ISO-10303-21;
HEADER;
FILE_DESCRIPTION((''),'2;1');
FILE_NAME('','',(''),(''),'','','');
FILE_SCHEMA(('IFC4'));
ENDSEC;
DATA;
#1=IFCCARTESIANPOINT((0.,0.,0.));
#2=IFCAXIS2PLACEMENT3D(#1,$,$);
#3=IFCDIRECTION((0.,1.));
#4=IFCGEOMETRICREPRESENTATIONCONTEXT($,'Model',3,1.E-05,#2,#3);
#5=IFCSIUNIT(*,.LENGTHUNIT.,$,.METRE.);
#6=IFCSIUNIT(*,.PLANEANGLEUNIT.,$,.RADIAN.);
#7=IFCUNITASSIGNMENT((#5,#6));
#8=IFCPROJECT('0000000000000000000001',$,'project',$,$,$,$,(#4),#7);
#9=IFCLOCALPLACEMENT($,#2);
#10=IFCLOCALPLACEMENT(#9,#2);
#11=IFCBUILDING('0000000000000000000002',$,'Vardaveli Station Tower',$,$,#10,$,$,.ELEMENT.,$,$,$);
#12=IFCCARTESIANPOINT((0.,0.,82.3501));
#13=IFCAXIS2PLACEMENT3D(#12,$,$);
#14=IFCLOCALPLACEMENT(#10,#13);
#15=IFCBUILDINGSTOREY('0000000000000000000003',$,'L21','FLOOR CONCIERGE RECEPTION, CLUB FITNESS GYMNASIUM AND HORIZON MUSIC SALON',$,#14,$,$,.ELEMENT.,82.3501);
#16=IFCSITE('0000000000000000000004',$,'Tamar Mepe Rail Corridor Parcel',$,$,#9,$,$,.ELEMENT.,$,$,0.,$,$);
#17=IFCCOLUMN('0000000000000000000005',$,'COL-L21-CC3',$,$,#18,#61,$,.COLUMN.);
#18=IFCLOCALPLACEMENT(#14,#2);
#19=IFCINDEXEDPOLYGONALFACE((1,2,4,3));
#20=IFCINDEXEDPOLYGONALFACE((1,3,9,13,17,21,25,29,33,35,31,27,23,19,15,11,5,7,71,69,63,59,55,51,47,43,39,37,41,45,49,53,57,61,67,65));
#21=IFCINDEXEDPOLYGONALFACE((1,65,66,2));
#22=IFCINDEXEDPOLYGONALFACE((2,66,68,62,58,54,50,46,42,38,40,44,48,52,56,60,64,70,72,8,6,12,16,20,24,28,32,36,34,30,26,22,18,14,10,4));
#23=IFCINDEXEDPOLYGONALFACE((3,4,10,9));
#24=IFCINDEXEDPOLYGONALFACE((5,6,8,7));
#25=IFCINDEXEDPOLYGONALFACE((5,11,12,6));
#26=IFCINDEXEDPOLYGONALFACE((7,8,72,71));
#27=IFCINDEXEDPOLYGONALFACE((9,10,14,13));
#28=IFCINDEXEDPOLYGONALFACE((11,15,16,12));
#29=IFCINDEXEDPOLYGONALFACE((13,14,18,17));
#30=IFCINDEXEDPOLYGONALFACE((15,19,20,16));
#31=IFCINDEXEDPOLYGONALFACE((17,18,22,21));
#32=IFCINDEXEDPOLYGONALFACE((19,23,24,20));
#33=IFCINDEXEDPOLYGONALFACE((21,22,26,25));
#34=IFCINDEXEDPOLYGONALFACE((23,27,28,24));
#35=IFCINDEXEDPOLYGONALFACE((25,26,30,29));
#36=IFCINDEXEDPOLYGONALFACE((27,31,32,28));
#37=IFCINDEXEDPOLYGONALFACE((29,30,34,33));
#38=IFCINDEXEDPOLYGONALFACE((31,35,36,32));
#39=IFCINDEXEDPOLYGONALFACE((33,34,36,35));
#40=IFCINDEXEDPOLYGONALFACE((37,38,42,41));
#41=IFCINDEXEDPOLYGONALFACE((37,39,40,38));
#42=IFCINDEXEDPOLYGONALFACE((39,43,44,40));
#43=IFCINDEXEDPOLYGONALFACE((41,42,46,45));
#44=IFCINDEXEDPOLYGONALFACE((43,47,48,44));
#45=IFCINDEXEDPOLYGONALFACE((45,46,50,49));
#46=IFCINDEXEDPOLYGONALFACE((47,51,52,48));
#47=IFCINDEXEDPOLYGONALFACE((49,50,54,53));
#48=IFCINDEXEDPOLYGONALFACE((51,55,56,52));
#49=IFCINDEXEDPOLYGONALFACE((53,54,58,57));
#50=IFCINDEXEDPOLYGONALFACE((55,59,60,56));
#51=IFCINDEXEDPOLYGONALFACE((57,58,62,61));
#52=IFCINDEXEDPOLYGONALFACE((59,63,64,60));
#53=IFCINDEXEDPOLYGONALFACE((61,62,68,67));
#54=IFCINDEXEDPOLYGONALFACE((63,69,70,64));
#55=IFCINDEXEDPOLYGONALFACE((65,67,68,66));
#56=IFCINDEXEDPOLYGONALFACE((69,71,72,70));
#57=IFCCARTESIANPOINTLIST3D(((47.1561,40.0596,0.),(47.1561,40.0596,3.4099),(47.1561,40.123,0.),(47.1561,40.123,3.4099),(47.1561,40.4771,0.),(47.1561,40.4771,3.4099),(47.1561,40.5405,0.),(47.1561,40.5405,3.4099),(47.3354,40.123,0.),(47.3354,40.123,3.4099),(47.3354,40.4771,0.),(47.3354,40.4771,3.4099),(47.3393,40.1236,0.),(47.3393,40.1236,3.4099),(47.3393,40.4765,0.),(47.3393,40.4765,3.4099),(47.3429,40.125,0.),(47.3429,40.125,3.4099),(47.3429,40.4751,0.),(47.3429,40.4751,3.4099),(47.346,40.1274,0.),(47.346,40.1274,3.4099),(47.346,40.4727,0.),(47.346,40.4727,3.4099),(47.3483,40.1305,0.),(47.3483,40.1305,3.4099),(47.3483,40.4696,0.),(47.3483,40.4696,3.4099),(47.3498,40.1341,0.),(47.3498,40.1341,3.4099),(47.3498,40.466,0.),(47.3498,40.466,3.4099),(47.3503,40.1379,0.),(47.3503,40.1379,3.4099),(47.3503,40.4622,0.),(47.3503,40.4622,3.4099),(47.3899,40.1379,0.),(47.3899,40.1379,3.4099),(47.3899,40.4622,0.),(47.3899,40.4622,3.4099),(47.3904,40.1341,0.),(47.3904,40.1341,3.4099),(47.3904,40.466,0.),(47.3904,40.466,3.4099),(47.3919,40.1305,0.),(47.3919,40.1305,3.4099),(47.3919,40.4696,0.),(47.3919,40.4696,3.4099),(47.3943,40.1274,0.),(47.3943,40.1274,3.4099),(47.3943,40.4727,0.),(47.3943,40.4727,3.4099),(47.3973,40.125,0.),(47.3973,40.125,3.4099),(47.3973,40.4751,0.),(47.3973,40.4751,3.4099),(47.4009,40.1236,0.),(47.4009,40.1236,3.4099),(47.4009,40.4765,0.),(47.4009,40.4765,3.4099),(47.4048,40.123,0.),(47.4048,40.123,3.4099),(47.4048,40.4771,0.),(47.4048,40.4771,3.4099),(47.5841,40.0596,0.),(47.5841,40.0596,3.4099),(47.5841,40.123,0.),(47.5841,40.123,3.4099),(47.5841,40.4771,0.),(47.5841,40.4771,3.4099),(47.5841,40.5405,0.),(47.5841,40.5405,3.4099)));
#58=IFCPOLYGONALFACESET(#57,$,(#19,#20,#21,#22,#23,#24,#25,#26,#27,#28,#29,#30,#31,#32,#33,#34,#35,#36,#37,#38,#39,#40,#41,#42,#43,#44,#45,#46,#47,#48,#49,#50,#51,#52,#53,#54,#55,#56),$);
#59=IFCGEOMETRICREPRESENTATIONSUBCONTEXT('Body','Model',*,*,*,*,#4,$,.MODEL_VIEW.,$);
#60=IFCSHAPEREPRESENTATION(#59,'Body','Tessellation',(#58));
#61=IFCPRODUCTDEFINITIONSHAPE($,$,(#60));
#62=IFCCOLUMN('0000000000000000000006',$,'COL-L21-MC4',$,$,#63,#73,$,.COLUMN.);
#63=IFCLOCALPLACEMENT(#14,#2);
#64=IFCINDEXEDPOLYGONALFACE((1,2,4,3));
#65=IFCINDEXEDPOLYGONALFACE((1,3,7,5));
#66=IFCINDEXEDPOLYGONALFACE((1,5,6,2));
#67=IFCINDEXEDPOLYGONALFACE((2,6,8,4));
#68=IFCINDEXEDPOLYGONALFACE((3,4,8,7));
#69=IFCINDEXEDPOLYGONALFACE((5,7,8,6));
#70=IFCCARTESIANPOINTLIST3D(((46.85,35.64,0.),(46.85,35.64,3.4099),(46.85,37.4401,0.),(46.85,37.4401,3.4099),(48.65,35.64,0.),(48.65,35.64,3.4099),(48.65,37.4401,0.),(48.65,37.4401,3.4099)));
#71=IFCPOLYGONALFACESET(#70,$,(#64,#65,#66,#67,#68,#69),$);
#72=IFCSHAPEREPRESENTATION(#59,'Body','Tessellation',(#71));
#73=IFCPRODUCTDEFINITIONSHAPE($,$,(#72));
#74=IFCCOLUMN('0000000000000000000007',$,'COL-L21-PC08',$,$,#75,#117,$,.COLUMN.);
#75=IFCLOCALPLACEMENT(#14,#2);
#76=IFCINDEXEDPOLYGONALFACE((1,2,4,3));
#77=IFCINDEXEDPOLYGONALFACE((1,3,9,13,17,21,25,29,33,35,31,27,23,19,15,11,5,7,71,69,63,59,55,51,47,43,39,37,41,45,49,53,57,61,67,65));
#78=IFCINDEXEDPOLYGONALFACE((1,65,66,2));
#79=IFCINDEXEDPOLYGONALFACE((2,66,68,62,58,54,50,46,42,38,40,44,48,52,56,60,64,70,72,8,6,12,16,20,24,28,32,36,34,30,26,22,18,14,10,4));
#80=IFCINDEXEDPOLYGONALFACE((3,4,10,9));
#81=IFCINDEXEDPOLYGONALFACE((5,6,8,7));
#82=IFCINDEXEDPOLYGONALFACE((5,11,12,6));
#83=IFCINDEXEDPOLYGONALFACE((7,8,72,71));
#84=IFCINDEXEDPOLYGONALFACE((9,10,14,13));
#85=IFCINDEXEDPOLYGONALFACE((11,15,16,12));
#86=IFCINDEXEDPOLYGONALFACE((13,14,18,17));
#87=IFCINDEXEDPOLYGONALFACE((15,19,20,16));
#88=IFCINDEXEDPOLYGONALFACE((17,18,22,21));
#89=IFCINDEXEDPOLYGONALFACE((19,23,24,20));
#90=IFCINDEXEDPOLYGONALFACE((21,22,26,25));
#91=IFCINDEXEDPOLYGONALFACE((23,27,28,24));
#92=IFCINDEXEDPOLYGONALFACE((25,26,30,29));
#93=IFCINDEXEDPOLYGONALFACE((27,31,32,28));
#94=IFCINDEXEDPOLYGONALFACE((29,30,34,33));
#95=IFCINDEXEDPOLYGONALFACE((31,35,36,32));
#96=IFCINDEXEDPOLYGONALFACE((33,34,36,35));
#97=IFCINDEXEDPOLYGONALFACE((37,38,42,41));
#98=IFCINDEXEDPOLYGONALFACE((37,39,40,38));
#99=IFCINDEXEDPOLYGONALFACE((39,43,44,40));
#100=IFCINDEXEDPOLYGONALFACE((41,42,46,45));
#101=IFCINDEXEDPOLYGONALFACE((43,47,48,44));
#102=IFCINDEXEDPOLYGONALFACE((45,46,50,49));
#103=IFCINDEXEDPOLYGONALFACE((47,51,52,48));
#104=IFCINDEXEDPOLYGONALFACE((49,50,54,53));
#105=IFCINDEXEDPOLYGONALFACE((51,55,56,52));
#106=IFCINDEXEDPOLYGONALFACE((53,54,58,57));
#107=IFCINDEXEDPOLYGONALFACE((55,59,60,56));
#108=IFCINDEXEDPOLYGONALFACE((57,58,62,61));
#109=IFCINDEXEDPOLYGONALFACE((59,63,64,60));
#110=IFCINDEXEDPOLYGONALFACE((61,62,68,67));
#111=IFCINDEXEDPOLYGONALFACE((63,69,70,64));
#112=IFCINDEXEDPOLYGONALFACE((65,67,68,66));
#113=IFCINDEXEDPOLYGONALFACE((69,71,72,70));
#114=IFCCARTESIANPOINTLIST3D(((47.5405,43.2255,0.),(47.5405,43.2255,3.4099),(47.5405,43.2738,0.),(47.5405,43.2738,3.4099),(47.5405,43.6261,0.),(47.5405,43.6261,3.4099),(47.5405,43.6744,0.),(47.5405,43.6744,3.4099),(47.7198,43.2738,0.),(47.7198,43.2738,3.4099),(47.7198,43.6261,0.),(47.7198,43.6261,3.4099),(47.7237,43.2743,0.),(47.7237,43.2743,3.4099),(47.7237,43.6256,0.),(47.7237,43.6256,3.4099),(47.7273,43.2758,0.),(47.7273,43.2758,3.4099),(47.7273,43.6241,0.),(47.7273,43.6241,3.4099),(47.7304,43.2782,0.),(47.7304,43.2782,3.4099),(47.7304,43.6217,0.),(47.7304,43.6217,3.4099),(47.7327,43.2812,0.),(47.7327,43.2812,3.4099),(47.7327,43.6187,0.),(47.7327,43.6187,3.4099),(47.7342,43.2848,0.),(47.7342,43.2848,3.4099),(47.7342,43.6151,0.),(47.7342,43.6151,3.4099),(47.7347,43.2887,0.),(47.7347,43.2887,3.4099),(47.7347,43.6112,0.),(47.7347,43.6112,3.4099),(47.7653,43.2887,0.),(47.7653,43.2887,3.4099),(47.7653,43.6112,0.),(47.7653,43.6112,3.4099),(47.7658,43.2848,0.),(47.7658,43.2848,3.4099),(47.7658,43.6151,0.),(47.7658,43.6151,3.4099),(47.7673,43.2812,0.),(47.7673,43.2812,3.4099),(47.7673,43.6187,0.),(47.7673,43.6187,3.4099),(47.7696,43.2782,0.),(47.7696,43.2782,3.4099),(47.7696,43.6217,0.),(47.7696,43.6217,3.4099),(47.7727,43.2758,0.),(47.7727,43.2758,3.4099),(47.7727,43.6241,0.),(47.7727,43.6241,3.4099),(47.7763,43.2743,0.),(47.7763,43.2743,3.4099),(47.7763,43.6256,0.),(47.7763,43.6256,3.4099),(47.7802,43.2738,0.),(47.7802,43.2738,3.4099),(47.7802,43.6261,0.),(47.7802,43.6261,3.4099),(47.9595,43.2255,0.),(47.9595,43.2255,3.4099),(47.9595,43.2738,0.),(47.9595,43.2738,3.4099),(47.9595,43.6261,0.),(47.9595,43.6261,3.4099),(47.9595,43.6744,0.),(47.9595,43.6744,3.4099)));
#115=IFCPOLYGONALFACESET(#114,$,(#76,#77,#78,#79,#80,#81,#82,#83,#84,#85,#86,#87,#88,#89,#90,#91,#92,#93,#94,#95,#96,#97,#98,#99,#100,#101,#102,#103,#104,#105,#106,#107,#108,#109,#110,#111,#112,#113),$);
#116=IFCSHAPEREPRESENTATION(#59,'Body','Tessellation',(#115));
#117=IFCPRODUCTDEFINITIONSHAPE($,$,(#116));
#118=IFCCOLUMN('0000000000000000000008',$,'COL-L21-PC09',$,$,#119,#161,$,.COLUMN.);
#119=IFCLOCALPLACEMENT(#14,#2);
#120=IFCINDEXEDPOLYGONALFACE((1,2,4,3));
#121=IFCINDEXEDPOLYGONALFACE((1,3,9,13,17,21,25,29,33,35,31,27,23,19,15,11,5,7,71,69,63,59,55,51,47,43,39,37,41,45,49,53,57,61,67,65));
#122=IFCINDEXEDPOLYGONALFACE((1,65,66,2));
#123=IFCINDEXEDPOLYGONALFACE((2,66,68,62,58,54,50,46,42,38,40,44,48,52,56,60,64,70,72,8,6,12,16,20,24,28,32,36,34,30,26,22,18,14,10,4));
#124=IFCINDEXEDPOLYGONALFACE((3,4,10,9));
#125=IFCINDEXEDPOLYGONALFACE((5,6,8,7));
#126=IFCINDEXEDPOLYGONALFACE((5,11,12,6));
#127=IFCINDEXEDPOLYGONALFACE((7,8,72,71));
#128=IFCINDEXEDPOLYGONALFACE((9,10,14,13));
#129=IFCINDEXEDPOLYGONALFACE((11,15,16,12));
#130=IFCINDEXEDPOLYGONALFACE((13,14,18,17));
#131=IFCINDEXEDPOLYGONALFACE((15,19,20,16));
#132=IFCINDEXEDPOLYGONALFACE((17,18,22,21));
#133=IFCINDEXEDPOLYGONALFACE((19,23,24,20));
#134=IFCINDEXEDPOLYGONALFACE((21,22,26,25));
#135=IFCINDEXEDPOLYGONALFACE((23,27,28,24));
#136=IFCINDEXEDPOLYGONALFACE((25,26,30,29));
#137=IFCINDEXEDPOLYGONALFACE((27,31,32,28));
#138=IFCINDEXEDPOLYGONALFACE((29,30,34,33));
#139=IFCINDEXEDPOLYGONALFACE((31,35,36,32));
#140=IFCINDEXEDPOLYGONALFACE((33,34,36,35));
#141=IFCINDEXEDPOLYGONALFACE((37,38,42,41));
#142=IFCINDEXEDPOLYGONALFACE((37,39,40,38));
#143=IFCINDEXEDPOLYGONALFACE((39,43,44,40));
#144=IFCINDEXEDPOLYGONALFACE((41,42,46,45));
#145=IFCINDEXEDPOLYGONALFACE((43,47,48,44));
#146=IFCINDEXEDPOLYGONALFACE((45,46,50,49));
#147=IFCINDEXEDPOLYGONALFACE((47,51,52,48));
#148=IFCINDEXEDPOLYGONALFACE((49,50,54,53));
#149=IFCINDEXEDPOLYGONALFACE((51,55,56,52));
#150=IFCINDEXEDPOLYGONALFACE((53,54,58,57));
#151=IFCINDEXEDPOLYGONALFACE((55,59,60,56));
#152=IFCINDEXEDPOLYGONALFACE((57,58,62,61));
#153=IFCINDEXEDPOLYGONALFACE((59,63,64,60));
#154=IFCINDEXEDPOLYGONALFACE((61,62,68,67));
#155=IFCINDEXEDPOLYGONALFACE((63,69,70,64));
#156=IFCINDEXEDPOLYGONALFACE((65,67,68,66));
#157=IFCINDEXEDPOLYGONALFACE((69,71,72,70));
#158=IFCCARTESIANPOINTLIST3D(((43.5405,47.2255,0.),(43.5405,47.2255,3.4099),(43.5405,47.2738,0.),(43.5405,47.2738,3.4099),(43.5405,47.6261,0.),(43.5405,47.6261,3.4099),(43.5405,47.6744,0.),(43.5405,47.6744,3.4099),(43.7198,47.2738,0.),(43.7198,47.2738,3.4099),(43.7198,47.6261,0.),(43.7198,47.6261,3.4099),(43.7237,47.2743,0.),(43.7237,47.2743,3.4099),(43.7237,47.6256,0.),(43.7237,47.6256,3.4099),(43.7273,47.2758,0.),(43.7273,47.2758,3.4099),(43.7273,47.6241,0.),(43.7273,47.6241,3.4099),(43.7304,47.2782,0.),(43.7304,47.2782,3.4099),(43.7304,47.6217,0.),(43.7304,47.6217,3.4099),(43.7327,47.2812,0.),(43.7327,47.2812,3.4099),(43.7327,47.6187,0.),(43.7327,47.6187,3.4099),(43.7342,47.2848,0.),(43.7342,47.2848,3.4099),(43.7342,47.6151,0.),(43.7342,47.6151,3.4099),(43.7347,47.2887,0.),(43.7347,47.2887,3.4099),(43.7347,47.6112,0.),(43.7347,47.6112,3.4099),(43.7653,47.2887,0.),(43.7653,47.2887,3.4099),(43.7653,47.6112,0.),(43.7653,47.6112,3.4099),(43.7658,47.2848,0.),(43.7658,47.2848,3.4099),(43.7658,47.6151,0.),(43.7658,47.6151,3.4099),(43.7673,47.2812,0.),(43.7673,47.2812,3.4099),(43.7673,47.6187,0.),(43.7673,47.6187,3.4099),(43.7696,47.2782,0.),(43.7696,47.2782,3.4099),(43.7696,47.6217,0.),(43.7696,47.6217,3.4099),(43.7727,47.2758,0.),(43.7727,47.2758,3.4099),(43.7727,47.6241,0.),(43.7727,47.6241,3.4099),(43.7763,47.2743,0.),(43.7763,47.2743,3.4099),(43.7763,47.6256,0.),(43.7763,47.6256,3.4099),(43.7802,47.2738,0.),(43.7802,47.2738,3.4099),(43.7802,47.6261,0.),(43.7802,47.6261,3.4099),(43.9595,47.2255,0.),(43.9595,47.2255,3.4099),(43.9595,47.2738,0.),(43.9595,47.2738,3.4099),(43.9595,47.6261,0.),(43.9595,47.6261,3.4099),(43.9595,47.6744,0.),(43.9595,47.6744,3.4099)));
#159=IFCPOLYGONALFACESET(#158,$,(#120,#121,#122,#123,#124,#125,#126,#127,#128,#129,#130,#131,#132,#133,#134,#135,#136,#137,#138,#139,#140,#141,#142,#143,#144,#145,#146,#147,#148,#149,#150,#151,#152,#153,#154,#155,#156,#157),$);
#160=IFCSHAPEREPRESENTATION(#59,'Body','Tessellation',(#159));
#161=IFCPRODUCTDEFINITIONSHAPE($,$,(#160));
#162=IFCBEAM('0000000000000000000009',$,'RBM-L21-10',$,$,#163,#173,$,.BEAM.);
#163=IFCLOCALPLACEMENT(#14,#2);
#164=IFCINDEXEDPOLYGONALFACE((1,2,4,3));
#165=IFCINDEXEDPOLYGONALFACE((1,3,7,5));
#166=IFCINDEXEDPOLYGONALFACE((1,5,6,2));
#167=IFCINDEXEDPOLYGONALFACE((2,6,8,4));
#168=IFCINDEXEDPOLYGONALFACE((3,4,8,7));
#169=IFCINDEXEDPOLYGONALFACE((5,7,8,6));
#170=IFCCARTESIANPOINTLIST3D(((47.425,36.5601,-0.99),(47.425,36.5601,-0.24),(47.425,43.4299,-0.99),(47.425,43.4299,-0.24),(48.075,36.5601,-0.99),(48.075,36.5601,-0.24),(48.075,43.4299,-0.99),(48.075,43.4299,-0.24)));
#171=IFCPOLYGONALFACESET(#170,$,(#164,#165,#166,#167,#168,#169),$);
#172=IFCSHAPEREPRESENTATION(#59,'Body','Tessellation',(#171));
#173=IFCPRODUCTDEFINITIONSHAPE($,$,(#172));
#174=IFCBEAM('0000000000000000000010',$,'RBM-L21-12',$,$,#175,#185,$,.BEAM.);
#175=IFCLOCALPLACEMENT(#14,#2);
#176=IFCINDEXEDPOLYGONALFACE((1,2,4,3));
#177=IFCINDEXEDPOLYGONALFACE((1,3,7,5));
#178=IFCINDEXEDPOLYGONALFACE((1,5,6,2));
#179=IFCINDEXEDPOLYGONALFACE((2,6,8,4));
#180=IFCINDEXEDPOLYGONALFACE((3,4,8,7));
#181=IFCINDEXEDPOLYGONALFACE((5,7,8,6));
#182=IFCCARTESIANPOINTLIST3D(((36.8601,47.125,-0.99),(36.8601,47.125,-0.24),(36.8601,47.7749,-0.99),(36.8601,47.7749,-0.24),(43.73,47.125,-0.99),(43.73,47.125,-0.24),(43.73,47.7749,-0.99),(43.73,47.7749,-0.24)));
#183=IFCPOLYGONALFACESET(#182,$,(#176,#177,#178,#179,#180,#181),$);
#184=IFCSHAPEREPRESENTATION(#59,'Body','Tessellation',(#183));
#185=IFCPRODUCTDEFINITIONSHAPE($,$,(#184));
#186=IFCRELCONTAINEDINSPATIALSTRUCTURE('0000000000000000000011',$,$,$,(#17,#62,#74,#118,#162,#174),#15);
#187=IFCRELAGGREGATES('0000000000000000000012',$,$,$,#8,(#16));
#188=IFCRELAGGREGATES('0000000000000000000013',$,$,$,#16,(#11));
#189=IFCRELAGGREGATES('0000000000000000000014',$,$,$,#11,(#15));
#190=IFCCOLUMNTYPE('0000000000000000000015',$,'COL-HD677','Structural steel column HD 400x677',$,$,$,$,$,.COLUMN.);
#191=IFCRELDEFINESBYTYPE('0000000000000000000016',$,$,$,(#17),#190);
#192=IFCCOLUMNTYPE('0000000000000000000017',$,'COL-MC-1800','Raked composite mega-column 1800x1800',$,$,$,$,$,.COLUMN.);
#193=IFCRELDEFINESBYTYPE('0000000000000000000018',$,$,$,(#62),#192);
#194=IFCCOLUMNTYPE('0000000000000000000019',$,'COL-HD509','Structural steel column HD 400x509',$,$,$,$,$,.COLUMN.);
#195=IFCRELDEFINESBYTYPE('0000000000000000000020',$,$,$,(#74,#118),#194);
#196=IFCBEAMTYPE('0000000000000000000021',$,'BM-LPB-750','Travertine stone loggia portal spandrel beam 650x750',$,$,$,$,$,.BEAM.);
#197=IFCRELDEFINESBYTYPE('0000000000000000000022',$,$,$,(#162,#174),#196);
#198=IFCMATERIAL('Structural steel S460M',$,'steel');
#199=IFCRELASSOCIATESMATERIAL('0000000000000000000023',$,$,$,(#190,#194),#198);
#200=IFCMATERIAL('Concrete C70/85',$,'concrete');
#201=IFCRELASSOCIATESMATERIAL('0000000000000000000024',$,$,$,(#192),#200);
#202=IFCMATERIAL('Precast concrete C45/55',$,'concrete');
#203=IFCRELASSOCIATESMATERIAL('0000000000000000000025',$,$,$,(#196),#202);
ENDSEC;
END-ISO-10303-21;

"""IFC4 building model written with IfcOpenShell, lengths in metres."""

from ifc_helpers import new_model, si_unit, direction, frame, origin, origin_2d, place, context, subcontext, project, spatial, rectangle, i_section, extrude, source, transform, mapped, material, material_profile, profile_set, type_object, element, save


model = new_model("IFC4")

# Units and contexts
model_context = context("Model", 3, precision=1e-05, world=origin(), true_north=direction((0.0, 1.0)))
body_context = subcontext(model_context, "Body", "Model", "MODEL_VIEW")
ifc_project = project(units=[si_unit("LENGTHUNIT", "METRE"), si_unit("PLANEANGLEUNIT", "RADIAN")], contexts=[model_context])

# Site, building, storey
site_placement = place(None, origin())
site = spatial("IfcSite", under=ifc_project, at=site_placement, Name="Tamar Mepe Rail Corridor Parcel", CompositionType="ELEMENT", RefElevation=0.0)
building_placement = place(site_placement, origin())
building = spatial("IfcBuilding", under=site, at=building_placement, Name="Vardaveli Station Tower", CompositionType="ELEMENT")
storey_placement = place(building_placement, frame((0.0, 0.0, 82.3501)))
storey = spatial("IfcBuildingStorey", under=building, at=storey_placement, Name="L21", Description="FLOOR CONCIERGE RECEPTION, CLUB FITNESS GYMNASIUM AND HORIZON MUSIC SALON", CompositionType="ELEMENT", Elevation=82.3501)

# Columns
ifc_material_1 = material(Name="Structural steel S460M", Category="steel")
ifc_material_profile_1 = material_profile(ifc_material_1, i_section(OverallWidth=0.428, OverallDepth=0.481, WebThickness=0.0396, FlangeThickness=0.0635, FilletRadius=0.0149, at=origin_2d()), Name="HD 400x677")
ifc_profile_set_1 = profile_set([ifc_material_profile_1], Name="Structural steel S460M")
column_type_1 = type_object("IfcColumnType", Name="COL-HD677", Description="Structural steel column HD 400x677", PredefinedType="COLUMN", material=ifc_profile_set_1)
shared_shape_1 = source(origin(), body_context, "Body", "SweptSolid", [
    extrude(i_section(OverallWidth=0.428, OverallDepth=0.481, WebThickness=0.0396, FlangeThickness=0.0635, FilletRadius=0.0149, at=origin_2d()), origin(), (0.0, 0.0, 1.0), 3.4099),
])
column_1_placement = place(storey_placement, frame((47.3701, 40.3, 0.0), z_axis=(0.0, 0.0, 1.0), x_axis=(1.0, 0.0, 0.0)))
element("IfcColumn", 1, at=column_1_placement, inside=storey, type_object=column_type_1, Name="COL-L21-CC3", PredefinedType="COLUMN", context=body_context, shape_type="MappedRepresentation", body=[
    mapped(shared_shape_1, transform((0.0, 0.0, 0.0), scale=1.0)),
])
ifc_material_2 = material(Name="Concrete C70/85", Category="concrete")
ifc_material_profile_2 = material_profile(ifc_material_2, rectangle(XDim=1.8, YDim=1.8, at=origin_2d()), Name="MC 1800x1800")
ifc_profile_set_2 = profile_set([ifc_material_profile_2], Name="Concrete C70/85")
column_type_2 = type_object("IfcColumnType", Name="COL-MC-1800", Description="Raked composite mega-column 1800x1800", PredefinedType="COLUMN", material=ifc_profile_set_2)
shared_shape_2 = source(origin(), body_context, "Body", "SweptSolid", [
    extrude(rectangle(XDim=1.8, YDim=1.8, at=origin_2d()), origin(), (0.0, 0.0, 1.0), 3.4099),
])
column_2_placement = place(storey_placement, frame((47.75, 36.54, 0.0), z_axis=(0.0, 0.0, 1.0), x_axis=(1.0, 0.0, 0.0)))
element("IfcColumn", 2, at=column_2_placement, inside=storey, type_object=column_type_2, Name="COL-L21-MC4", PredefinedType="COLUMN", context=body_context, shape_type="MappedRepresentation", body=[
    mapped(shared_shape_2, transform((0.0, 0.0, 0.0), scale=1.0)),
])
ifc_material_profile_3 = material_profile(ifc_material_1, i_section(OverallWidth=0.4189, OverallDepth=0.449, WebThickness=0.0305, FlangeThickness=0.0483, FilletRadius=0.0149, at=origin_2d()), Name="HD 400x509")
ifc_profile_set_3 = profile_set([ifc_material_profile_3], Name="Structural steel S460M")
column_type_3 = type_object("IfcColumnType", Name="COL-HD509", Description="Structural steel column HD 400x509", PredefinedType="COLUMN", material=ifc_profile_set_3)
shared_shape_3 = source(origin(), body_context, "Body", "SweptSolid", [
    extrude(i_section(OverallWidth=0.4189, OverallDepth=0.449, WebThickness=0.0305, FlangeThickness=0.0483, FilletRadius=0.0149, at=origin_2d()), origin(), (0.0, 0.0, 1.0), 3.4099),
])
for number, where, z_axis, x_axis, name in (
    (3, (47.75, 43.45, 0.0), (0.0, 0.0, 1.0), (1.0, 0.0, 0.0), "COL-L21-PC08"),
    (4, (43.75, 47.45, 0.0), (0.0, 0.0, 1.0), (1.0, 0.0, 0.0), "COL-L21-PC09"),
):
    element("IfcColumn", number, at=place(storey_placement, frame(where, z_axis=z_axis, x_axis=x_axis)), inside=storey, type_object=column_type_3, Name=name, PredefinedType="COLUMN", context=body_context, shape_type="MappedRepresentation", body=[
        mapped(shared_shape_3, transform((0.0, 0.0, 0.0), scale=1.0)),
    ])

# Beams
ifc_material_3 = material(Name="Precast concrete C45/55", Category="concrete")
ifc_material_profile_4 = material_profile(ifc_material_3, rectangle(XDim=0.6499, YDim=0.75, at=origin_2d()), Name="LPB 650x750")
ifc_profile_set_4 = profile_set([ifc_material_profile_4], Name="Precast concrete C45/55")
beam_type = type_object("IfcBeamType", Name="BM-LPB-750", Description="Travertine stone loggia portal spandrel beam 650x750", PredefinedType="BEAM", material=ifc_profile_set_4)
shared_shape_4 = source(origin(), body_context, "Body", "SweptSolid", [
    extrude(rectangle(XDim=0.6499, YDim=0.75, at=origin_2d()), origin(), (0.0, 0.0, 1.0), 6.8699),
])
for number, where, z_axis, x_axis, name in (
    (5, (47.75, 36.5601, -0.615), (0.0, 1.0, 0.0), (-1.0, 0.0, 0.0), "RBM-L21-10"),
    (6, (43.73, 47.45, -0.615), (-1.0, 0.0, 0.0), (0.0, -1.0, 0.0), "RBM-L21-12"),
):
    element("IfcBeam", number, at=place(storey_placement, frame(where, z_axis=z_axis, x_axis=x_axis)), inside=storey, type_object=beam_type, Name=name, PredefinedType="BEAM", context=body_context, shape_type="MappedRepresentation", body=[
        mapped(shared_shape_4, transform((0.0, 0.0, 0.0), scale=1.0)),
    ])

save(model, "model.ifc")
